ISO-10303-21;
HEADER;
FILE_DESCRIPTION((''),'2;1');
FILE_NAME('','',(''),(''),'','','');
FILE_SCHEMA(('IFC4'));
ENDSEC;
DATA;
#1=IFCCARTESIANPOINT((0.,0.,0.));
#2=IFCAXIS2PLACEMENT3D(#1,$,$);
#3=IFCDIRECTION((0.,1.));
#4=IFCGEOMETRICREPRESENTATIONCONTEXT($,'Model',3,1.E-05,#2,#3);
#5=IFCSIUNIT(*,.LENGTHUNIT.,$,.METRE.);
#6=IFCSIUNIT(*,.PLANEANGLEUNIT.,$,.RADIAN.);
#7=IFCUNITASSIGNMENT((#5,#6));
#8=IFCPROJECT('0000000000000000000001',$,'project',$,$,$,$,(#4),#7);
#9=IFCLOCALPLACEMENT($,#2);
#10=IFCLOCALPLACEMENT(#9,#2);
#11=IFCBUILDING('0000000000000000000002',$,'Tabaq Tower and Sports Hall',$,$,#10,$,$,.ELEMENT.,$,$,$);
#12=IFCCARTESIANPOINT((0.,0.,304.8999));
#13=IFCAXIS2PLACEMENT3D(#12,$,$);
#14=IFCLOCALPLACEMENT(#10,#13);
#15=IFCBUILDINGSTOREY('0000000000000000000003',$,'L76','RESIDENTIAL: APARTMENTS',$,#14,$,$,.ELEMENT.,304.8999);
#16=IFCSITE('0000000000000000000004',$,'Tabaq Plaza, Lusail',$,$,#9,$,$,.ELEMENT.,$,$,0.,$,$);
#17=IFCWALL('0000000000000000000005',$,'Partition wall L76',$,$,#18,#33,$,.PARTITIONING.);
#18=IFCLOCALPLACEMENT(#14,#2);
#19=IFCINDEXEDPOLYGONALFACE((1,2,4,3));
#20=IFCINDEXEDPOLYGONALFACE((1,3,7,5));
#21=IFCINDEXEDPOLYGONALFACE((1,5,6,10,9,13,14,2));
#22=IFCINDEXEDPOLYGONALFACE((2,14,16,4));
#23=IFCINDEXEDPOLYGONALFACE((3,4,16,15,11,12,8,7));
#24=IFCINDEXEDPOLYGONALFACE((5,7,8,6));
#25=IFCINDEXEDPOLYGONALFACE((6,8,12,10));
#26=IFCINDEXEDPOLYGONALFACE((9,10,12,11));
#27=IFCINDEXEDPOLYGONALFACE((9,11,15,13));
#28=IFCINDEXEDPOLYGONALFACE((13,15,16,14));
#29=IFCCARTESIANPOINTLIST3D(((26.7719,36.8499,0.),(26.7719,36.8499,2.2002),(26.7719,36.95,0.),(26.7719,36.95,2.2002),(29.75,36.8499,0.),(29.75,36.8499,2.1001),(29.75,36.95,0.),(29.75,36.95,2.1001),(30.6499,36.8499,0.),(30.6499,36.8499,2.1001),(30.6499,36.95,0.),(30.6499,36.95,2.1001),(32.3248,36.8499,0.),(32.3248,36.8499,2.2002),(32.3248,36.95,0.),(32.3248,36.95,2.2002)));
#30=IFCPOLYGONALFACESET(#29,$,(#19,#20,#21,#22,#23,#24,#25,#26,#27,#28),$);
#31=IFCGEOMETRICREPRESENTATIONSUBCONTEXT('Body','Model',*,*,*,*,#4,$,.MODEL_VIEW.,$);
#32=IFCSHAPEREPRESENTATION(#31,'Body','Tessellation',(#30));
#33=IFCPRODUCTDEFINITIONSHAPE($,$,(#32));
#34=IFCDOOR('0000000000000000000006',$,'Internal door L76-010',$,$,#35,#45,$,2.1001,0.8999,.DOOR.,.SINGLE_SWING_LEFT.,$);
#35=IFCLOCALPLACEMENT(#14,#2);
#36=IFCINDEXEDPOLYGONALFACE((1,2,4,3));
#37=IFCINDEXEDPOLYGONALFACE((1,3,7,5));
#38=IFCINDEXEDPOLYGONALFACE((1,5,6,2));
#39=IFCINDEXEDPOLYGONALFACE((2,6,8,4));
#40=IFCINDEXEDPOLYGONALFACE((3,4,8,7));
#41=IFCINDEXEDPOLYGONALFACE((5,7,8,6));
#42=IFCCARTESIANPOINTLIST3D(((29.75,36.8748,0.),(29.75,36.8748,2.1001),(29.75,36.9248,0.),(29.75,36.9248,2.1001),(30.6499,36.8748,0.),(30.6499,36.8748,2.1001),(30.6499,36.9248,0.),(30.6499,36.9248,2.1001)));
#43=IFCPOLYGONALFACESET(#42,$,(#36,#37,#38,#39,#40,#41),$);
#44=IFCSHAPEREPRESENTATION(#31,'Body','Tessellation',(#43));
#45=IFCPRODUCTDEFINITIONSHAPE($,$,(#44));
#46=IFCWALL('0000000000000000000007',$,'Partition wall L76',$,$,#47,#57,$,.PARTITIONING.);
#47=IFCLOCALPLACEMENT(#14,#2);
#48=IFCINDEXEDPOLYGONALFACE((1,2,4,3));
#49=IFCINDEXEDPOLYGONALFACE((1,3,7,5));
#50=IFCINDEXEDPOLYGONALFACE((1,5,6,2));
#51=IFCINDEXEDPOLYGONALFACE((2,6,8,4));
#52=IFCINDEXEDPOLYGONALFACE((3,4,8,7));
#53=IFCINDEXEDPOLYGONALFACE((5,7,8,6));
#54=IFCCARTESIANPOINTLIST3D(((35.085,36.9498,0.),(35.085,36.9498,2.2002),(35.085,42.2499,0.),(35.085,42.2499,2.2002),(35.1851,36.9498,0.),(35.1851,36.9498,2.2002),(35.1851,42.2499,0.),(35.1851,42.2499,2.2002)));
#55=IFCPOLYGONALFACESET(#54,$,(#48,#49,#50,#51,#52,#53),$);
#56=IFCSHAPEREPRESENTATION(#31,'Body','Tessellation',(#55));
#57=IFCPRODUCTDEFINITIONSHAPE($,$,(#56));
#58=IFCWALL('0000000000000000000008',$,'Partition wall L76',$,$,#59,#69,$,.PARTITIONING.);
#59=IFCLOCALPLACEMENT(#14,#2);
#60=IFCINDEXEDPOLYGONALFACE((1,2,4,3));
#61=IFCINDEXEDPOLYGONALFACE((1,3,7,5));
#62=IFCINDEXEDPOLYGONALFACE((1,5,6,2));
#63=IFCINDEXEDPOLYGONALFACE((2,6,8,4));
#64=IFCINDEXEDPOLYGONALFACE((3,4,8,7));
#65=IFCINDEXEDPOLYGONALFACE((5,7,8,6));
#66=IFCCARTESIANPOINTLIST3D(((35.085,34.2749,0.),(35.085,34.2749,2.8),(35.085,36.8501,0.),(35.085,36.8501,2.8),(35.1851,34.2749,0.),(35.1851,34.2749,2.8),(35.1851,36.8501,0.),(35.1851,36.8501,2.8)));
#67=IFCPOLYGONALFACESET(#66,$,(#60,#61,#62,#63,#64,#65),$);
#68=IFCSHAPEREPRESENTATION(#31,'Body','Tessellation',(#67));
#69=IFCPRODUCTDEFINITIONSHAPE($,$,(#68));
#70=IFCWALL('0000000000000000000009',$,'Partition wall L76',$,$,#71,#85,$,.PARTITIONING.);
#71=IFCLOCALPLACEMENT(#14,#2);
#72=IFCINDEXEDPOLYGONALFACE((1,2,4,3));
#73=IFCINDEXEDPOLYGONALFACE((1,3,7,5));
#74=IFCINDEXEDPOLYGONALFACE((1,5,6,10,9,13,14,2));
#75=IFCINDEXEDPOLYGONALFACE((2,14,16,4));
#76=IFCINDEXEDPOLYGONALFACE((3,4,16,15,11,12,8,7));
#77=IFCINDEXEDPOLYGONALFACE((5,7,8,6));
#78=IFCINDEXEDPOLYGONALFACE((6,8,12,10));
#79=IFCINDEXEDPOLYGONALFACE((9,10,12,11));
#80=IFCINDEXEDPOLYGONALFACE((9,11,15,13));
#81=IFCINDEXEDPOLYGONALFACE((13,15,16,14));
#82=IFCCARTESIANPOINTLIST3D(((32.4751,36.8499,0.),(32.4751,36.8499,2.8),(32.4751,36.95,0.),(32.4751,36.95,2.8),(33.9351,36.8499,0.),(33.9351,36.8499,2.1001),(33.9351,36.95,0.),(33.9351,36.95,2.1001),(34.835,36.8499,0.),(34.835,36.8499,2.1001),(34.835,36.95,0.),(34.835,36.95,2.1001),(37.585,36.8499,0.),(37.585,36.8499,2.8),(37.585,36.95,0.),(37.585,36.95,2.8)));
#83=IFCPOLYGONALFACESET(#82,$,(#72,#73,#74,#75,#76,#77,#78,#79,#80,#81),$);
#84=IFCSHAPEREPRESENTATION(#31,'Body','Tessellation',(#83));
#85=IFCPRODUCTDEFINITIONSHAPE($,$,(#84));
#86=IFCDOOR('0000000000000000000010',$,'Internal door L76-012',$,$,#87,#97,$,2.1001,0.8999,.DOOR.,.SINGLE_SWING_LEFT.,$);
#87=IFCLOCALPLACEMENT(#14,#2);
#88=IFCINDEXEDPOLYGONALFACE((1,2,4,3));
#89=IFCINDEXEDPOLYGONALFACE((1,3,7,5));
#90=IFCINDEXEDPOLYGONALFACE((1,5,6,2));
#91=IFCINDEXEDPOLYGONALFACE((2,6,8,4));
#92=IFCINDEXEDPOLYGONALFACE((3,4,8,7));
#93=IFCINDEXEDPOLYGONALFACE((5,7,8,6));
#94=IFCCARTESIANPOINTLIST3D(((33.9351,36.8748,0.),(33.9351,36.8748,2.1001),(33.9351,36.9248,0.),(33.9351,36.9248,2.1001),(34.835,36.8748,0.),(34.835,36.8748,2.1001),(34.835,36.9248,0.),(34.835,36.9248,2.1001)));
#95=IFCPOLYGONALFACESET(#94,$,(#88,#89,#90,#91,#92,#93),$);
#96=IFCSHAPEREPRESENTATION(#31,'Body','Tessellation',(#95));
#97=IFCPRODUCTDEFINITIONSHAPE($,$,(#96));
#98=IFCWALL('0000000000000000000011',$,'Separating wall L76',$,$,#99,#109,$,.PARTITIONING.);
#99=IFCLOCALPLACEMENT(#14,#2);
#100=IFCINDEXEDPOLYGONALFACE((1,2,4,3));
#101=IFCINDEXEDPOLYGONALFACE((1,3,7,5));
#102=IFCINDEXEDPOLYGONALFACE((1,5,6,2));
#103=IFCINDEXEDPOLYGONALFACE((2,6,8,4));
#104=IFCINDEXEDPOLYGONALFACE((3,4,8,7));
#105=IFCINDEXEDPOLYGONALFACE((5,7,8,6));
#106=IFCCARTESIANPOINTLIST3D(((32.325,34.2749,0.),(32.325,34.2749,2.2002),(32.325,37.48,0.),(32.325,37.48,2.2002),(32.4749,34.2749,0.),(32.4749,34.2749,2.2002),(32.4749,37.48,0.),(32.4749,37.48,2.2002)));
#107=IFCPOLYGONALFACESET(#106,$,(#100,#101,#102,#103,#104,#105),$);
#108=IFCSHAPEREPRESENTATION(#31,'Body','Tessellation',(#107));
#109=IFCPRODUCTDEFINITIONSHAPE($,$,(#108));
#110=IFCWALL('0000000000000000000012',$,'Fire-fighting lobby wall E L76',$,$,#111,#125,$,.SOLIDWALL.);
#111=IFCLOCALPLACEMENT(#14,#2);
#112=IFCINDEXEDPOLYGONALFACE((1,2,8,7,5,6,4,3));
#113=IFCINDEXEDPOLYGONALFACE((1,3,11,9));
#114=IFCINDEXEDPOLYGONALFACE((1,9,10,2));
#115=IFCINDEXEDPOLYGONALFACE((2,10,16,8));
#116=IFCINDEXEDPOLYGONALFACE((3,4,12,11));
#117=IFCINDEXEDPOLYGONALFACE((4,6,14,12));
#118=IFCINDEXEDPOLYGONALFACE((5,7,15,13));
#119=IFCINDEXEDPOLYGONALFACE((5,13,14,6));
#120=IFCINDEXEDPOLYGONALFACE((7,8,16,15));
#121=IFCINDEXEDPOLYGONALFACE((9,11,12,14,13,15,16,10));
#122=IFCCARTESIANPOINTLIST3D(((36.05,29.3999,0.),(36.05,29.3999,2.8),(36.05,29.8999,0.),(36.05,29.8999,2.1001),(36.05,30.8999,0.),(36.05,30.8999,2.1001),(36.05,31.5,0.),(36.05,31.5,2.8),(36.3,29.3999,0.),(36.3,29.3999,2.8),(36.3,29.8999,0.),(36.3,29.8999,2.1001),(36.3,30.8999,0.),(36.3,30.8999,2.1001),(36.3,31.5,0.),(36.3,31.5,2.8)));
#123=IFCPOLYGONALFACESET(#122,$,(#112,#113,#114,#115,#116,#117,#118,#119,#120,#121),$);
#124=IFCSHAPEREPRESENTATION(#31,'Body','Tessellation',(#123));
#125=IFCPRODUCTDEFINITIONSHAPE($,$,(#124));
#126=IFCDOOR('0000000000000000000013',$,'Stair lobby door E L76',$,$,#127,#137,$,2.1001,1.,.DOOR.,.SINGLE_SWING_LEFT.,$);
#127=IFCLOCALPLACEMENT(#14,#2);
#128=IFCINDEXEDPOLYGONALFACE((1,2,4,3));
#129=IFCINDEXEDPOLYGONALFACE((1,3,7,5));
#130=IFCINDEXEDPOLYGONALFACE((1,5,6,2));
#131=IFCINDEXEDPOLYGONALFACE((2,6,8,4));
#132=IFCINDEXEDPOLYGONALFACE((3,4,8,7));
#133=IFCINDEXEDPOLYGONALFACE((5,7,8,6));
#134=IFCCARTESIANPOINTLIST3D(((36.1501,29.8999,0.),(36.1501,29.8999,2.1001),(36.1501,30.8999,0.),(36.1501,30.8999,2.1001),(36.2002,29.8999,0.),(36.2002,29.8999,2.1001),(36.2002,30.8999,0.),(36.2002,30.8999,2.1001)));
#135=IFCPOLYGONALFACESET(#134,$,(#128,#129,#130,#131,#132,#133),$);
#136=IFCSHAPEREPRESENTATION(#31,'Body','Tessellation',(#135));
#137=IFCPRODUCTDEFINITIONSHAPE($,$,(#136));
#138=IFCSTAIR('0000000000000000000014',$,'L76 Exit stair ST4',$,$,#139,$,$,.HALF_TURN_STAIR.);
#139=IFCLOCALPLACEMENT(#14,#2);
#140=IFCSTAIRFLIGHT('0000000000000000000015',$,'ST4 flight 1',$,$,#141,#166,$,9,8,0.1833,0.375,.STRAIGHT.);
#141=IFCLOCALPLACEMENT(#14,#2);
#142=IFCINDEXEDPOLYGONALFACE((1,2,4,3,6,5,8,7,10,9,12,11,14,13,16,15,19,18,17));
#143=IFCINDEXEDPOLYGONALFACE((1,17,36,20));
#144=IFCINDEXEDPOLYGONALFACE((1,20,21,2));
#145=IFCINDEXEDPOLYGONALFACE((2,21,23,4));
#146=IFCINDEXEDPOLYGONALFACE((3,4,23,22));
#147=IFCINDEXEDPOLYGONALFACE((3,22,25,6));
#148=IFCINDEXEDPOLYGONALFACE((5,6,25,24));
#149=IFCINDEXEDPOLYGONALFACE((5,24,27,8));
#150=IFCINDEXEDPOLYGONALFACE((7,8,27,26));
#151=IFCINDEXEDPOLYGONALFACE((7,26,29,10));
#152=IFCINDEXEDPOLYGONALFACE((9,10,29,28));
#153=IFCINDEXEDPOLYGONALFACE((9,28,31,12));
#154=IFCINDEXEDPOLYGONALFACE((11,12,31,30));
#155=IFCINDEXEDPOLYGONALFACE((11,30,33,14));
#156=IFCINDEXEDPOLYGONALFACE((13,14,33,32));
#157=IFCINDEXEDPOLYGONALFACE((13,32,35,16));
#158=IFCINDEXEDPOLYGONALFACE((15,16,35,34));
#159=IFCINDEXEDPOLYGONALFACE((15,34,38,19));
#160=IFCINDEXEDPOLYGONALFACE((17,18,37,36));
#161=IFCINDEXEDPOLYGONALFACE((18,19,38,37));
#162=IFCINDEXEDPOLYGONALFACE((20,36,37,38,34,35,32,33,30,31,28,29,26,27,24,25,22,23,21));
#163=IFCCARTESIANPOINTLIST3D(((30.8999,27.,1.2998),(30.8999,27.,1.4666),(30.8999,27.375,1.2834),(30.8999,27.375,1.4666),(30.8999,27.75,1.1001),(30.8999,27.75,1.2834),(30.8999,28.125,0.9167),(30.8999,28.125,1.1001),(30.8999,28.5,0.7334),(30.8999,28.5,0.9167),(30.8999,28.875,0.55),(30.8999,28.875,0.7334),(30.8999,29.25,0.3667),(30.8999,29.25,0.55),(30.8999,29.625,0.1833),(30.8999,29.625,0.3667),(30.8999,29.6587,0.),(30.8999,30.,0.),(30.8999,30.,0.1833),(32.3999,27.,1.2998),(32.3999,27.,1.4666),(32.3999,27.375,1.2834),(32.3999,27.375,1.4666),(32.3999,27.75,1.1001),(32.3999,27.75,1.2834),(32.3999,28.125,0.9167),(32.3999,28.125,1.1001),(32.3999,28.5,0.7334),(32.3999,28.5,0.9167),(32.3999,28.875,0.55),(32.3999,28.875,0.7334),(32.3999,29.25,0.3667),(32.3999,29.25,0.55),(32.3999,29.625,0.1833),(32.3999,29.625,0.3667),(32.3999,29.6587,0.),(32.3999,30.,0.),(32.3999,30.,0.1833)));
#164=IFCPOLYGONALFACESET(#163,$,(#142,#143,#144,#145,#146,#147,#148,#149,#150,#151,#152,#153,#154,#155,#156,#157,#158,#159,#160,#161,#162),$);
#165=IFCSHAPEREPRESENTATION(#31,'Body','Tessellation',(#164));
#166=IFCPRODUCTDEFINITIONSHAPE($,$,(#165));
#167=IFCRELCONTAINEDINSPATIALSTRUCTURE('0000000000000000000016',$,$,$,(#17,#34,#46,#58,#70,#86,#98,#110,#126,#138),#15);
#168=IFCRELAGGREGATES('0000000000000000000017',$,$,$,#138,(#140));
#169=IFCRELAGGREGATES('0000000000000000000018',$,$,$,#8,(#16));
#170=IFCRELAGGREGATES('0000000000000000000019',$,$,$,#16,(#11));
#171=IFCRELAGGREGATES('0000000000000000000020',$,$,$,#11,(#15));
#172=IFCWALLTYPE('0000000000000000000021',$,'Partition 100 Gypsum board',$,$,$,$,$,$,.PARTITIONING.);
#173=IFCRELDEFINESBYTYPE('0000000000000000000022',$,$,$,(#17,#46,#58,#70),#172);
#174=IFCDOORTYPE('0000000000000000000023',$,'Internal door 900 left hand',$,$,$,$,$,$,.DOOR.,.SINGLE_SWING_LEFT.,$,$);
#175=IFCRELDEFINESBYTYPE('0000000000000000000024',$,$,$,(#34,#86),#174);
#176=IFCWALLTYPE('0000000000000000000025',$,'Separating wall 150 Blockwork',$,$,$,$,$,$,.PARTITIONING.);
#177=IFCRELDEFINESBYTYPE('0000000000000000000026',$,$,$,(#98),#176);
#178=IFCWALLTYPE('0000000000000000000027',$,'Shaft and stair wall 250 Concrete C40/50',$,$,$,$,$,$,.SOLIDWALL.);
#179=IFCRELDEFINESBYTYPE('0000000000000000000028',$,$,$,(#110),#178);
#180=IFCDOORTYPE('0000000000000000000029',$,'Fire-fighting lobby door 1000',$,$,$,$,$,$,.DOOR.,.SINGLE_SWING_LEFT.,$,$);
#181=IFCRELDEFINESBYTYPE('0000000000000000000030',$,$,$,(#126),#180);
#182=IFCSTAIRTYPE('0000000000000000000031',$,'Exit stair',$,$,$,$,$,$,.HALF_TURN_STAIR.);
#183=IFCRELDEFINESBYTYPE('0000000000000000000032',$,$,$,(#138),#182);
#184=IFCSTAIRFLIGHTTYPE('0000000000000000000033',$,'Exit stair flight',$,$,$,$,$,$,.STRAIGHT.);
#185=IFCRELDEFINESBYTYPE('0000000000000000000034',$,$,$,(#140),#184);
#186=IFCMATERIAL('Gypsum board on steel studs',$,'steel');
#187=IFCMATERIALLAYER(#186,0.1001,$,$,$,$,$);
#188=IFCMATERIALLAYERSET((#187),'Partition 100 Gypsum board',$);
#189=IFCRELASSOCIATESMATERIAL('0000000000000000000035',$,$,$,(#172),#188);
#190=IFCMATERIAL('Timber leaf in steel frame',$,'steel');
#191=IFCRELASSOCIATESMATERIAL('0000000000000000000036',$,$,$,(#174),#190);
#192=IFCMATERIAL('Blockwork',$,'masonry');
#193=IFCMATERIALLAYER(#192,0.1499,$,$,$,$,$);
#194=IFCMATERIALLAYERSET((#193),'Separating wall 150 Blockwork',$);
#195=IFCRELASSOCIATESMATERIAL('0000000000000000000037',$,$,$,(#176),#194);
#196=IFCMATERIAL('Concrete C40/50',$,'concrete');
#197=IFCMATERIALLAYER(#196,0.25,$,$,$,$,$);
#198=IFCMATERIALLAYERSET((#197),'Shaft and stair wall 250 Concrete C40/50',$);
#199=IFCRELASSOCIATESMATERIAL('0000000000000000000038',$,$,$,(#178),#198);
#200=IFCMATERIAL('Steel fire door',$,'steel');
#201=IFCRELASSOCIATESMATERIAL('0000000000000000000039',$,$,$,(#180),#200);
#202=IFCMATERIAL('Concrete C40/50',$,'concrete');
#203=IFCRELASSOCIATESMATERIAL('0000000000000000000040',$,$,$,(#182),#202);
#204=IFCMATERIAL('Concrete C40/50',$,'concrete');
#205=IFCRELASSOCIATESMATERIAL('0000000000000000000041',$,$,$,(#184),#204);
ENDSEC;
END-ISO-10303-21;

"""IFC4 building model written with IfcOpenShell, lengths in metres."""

from ifc_helpers import new_model, si_unit, direction, frame, frame_2d, origin, place, context, subcontext, project, spatial, polyline, rectangle, outline, extrude, material, layer, layer_set, type_object, element, fill, aggregate, save


model = new_model("IFC4")

# Units and contexts
model_context = context("Model", 3, precision=1e-05, world=origin(), true_north=direction((0.0, 1.0)))
body_context = subcontext(model_context, "Body", "Model", "MODEL_VIEW")
ifc_project = project(units=[si_unit("LENGTHUNIT", "METRE"), si_unit("PLANEANGLEUNIT", "RADIAN")], contexts=[model_context])

# Site, building, storey
site_placement = place(None, origin())
site = spatial("IfcSite", under=ifc_project, at=site_placement, Name="Tabaq Plaza, Lusail", CompositionType="ELEMENT", RefElevation=0.0)
building_placement = place(site_placement, origin())
building = spatial("IfcBuilding", under=site, at=building_placement, Name="Tabaq Tower and Sports Hall", CompositionType="ELEMENT")
storey_placement = place(building_placement, frame((0.0, 0.0, 304.8999)))
storey = spatial("IfcBuildingStorey", under=building, at=storey_placement, Name="L76", Description="RESIDENTIAL: APARTMENTS", CompositionType="ELEMENT", Elevation=304.8999)

# Shared definitions
ifc_material_1 = material(Name="Gypsum board on steel studs", Category="steel")
ifc_layer_1 = layer(ifc_material_1, 0.1001)
ifc_layer_set_1 = layer_set([ifc_layer_1], Name="Partition 100 Gypsum board")
wall_type_1 = type_object("IfcWallType", Name="Partition 100 Gypsum board", PredefinedType="PARTITIONING", material=ifc_layer_set_1)
ifc_material_2 = material(Name="Timber leaf in steel frame", Category="steel")
door_type_1 = type_object("IfcDoorType", Name="Internal door 900 left hand", OperationType="SINGLE_SWING_LEFT", PredefinedType="DOOR", material=ifc_material_2)

# Wall, opening, door
wall_1_placement = place(storey_placement, frame((26.772, 36.8999, 0.0), z_axis=(0.0, 0.0, 1.0), x_axis=(1.0, 0.0, 0.0)))
wall_1 = element("IfcWall", 1, at=wall_1_placement, inside=storey, type_object=wall_type_1, Name="Partition wall L76", PredefinedType="PARTITIONING", context=body_context, shape_type="SweptSolid", body=[
    extrude(rectangle(XDim=5.553, YDim=0.1001, at=frame_2d((2.7764, 0.0))), origin(), (0.0, 0.0, 1.0), 2.2002),
])
opening_1_placement = place(wall_1_placement, frame((2.978, 0.0, 0.0)))
opening_1 = element("IfcOpeningElement", 2, at=opening_1_placement, cuts=wall_1, PredefinedType="OPENING", context=body_context, shape_type="SweptSolid", body=[
    extrude(rectangle(XDim=0.8999, YDim=2.1001, at=frame_2d((0.45, 1.05))), frame((0.0, 0.05, 0.0), z_axis=(0.0, -1.0, 0.0), x_axis=(1.0, 0.0, 0.0)), (0.0, 0.0, 1.0), 0.1001),
])
door_1_placement = place(opening_1_placement, origin())
door_1 = element("IfcDoor", 3, at=door_1_placement, inside=storey, type_object=door_type_1, Name="Internal door L76-010", OperationType="SINGLE_SWING_LEFT", OverallHeight=2.1001, OverallWidth=0.8999, PredefinedType="DOOR", context=body_context, shape_type="SweptSolid", body=[
    extrude(rectangle(XDim=0.8999, YDim=2.1001, at=frame_2d((0.45, 1.05))), frame((0.0, 0.0249, 0.0), z_axis=(0.0, -1.0, 0.0), x_axis=(1.0, 0.0, 0.0)), (0.0, 0.0, 1.0), 0.05),
])
fill(opening_1, door_1)

# Walls
wall_2_placement = place(storey_placement, frame((35.135, 36.95, 0.0), z_axis=(0.0, 0.0, 1.0), x_axis=(0.0, 1.0, 0.0)))
element("IfcWall", 4, at=wall_2_placement, inside=storey, type_object=wall_type_1, Name="Partition wall L76", PredefinedType="PARTITIONING", context=body_context, shape_type="SweptSolid", body=[
    extrude(rectangle(XDim=5.3, YDim=0.1001, at=frame_2d((2.6499, 0.0))), origin(), (0.0, 0.0, 1.0), 2.2002),
])
wall_3_placement = place(storey_placement, frame((35.135, 34.2749, 0.0), z_axis=(0.0, 0.0, 1.0), x_axis=(0.0, 1.0, 0.0)))
element("IfcWall", 5, at=wall_3_placement, inside=storey, type_object=wall_type_1, Name="Partition wall L76", PredefinedType="PARTITIONING", context=body_context, shape_type="SweptSolid", body=[
    extrude(rectangle(XDim=2.5752, YDim=0.1001, at=frame_2d((1.2876, 0.0))), origin(), (0.0, 0.0, 1.0), 2.8),
])

# Wall, opening, door
wall_4_placement = place(storey_placement, frame((32.4751, 36.8999, 0.0), z_axis=(0.0, 0.0, 1.0), x_axis=(1.0, 0.0, 0.0)))
wall_4 = element("IfcWall", 6, at=wall_4_placement, inside=storey, type_object=wall_type_1, Name="Partition wall L76", PredefinedType="PARTITIONING", context=body_context, shape_type="SweptSolid", body=[
    extrude(rectangle(XDim=5.1099, YDim=0.1001, at=frame_2d((2.5549, 0.0))), origin(), (0.0, 0.0, 1.0), 2.8),
])
opening_2_placement = place(wall_4_placement, frame((1.46, 0.0, 0.0)))
opening_2 = element("IfcOpeningElement", 7, at=opening_2_placement, cuts=wall_4, PredefinedType="OPENING", context=body_context, shape_type="SweptSolid", body=[
    extrude(rectangle(XDim=0.8999, YDim=2.1001, at=frame_2d((0.45, 1.05))), frame((0.0, 0.05, 0.0), z_axis=(0.0, -1.0, 0.0), x_axis=(1.0, 0.0, 0.0)), (0.0, 0.0, 1.0), 0.1001),
])
door_2_placement = place(opening_2_placement, origin())
door_2 = element("IfcDoor", 8, at=door_2_placement, inside=storey, type_object=door_type_1, Name="Internal door L76-012", OperationType="SINGLE_SWING_LEFT", OverallHeight=2.1001, OverallWidth=0.8999, PredefinedType="DOOR", context=body_context, shape_type="SweptSolid", body=[
    extrude(rectangle(XDim=0.8999, YDim=2.1001, at=frame_2d((0.45, 1.05))), frame((0.0, 0.0249, 0.0), z_axis=(0.0, -1.0, 0.0), x_axis=(1.0, 0.0, 0.0)), (0.0, 0.0, 1.0), 0.05),
])
fill(opening_2, door_2)

# Wall
ifc_material_3 = material(Name="Blockwork", Category="masonry")
ifc_layer_2 = layer(ifc_material_3, 0.1499)
ifc_layer_set_2 = layer_set([ifc_layer_2], Name="Separating wall 150 Blockwork")
wall_type_2 = type_object("IfcWallType", Name="Separating wall 150 Blockwork", PredefinedType="PARTITIONING", material=ifc_layer_set_2)
wall_5_placement = place(storey_placement, frame((32.3999, 34.2749, 0.0), z_axis=(0.0, 0.0, 1.0), x_axis=(0.0, 1.0, 0.0)))
element("IfcWall", 9, at=wall_5_placement, inside=storey, type_object=wall_type_2, Name="Separating wall L76", PredefinedType="PARTITIONING", context=body_context, shape_type="SweptSolid", body=[
    extrude(rectangle(XDim=3.2051, YDim=0.1499, at=frame_2d((1.6025, 0.0))), origin(), (0.0, 0.0, 1.0), 2.2002),
])

# Wall, opening, door
ifc_material_4 = material(Name="Concrete C40/50", Category="concrete")
ifc_layer_3 = layer(ifc_material_4, 0.25)
ifc_layer_set_3 = layer_set([ifc_layer_3], Name="Shaft and stair wall 250 Concrete C40/50")
wall_type_3 = type_object("IfcWallType", Name="Shaft and stair wall 250 Concrete C40/50", PredefinedType="SOLIDWALL", material=ifc_layer_set_3)
wall_6_placement = place(storey_placement, frame((36.175, 29.3999, 0.0), z_axis=(0.0, 0.0, 1.0), x_axis=(0.0, 1.0, 0.0)))
wall_6 = element("IfcWall", 10, at=wall_6_placement, inside=storey, type_object=wall_type_3, Name="Fire-fighting lobby wall E L76", PredefinedType="SOLIDWALL", context=body_context, shape_type="SweptSolid", body=[
    extrude(rectangle(XDim=2.1001, YDim=0.25, at=frame_2d((1.05, 0.0))), origin(), (0.0, 0.0, 1.0), 2.8),
])
opening_3_placement = place(wall_6_placement, frame((0.5, 0.0, 0.0)))
opening_3 = element("IfcOpeningElement", 11, at=opening_3_placement, cuts=wall_6, PredefinedType="OPENING", context=body_context, shape_type="SweptSolid", body=[
    extrude(rectangle(XDim=1.0, YDim=2.1001, at=frame_2d((0.5, 1.05))), frame((0.0, 0.125, 0.0), z_axis=(0.0, -1.0, 0.0), x_axis=(1.0, 0.0, 0.0)), (0.0, 0.0, 1.0), 0.25),
])
ifc_material_5 = material(Name="Steel fire door", Category="steel")
door_type_2 = type_object("IfcDoorType", Name="Fire-fighting lobby door 1000", OperationType="SINGLE_SWING_LEFT", PredefinedType="DOOR", material=ifc_material_5)
door_3_placement = place(opening_3_placement, origin())
door_3 = element("IfcDoor", 12, at=door_3_placement, inside=storey, type_object=door_type_2, Name="Stair lobby door E L76", OperationType="SINGLE_SWING_LEFT", OverallHeight=2.1001, OverallWidth=1.0, PredefinedType="DOOR", context=body_context, shape_type="SweptSolid", body=[
    extrude(rectangle(XDim=1.0, YDim=2.1001, at=frame_2d((0.5, 1.05))), frame((0.0, 0.0249, 0.0), z_axis=(0.0, -1.0, 0.0), x_axis=(1.0, 0.0, 0.0)), (0.0, 0.0, 1.0), 0.05),
])
fill(opening_3, door_3)

# Stair, stair flight
ifc_material_6 = material(Name="Concrete C40/50", Category="concrete")
stair_type = type_object("IfcStairType", Name="Exit stair", PredefinedType="HALF_TURN_STAIR", material=ifc_material_6)
stair_placement = place(storey_placement, origin())
stair = element("IfcStair", 13, at=stair_placement, inside=storey, type_object=stair_type, Name="L76 Exit stair ST4", PredefinedType="HALF_TURN_STAIR")
ifc_material_7 = material(Name="Concrete C40/50", Category="concrete")
stair_flight_type = type_object("IfcStairFlightType", Name="Exit stair flight", PredefinedType="STRAIGHT", material=ifc_material_7)
stair_flight_placement = place(storey_placement, frame((31.6499, 30.0, 0.0), z_axis=(0.0, 0.0, 1.0), x_axis=(0.0, -1.0, 0.0)))
stair_flight = element("IfcStairFlight", 14, at=stair_flight_placement, type_object=stair_flight_type, Name="ST4 flight 1", NumberOfRisers=9, NumberOfTreads=8, PredefinedType="STRAIGHT", RiserHeight=0.1833, TreadLength=0.375, context=body_context, shape_type="SweptSolid", body=[
    extrude(outline(polyline([(0.0, 0.0), (0.0, 0.1833), (0.375, 0.1833), (0.375, 0.3667), (0.75, 0.3667), (0.75, 0.55), (1.125, 0.55), (1.125, 0.7334), (1.5, 0.7334), (1.5, 0.9167), (1.875, 0.9167), (1.875, 1.1001), (2.25, 1.1001), (2.25, 1.2834), (2.625, 1.2834), (2.625, 1.4666), (3.0, 1.4666), (3.0, 1.6499), (3.0, 1.2998), (0.3413, 0.0), (0.0, 0.0)])), frame((0.0, 0.75, 0.0), z_axis=(0.0, -1.0, 0.0), x_axis=(1.0, 0.0, 0.0)), (0.0, 0.0, 1.0), 1.5),
])
aggregate(stair, [stair_flight])

save(model, "model.ifc")
